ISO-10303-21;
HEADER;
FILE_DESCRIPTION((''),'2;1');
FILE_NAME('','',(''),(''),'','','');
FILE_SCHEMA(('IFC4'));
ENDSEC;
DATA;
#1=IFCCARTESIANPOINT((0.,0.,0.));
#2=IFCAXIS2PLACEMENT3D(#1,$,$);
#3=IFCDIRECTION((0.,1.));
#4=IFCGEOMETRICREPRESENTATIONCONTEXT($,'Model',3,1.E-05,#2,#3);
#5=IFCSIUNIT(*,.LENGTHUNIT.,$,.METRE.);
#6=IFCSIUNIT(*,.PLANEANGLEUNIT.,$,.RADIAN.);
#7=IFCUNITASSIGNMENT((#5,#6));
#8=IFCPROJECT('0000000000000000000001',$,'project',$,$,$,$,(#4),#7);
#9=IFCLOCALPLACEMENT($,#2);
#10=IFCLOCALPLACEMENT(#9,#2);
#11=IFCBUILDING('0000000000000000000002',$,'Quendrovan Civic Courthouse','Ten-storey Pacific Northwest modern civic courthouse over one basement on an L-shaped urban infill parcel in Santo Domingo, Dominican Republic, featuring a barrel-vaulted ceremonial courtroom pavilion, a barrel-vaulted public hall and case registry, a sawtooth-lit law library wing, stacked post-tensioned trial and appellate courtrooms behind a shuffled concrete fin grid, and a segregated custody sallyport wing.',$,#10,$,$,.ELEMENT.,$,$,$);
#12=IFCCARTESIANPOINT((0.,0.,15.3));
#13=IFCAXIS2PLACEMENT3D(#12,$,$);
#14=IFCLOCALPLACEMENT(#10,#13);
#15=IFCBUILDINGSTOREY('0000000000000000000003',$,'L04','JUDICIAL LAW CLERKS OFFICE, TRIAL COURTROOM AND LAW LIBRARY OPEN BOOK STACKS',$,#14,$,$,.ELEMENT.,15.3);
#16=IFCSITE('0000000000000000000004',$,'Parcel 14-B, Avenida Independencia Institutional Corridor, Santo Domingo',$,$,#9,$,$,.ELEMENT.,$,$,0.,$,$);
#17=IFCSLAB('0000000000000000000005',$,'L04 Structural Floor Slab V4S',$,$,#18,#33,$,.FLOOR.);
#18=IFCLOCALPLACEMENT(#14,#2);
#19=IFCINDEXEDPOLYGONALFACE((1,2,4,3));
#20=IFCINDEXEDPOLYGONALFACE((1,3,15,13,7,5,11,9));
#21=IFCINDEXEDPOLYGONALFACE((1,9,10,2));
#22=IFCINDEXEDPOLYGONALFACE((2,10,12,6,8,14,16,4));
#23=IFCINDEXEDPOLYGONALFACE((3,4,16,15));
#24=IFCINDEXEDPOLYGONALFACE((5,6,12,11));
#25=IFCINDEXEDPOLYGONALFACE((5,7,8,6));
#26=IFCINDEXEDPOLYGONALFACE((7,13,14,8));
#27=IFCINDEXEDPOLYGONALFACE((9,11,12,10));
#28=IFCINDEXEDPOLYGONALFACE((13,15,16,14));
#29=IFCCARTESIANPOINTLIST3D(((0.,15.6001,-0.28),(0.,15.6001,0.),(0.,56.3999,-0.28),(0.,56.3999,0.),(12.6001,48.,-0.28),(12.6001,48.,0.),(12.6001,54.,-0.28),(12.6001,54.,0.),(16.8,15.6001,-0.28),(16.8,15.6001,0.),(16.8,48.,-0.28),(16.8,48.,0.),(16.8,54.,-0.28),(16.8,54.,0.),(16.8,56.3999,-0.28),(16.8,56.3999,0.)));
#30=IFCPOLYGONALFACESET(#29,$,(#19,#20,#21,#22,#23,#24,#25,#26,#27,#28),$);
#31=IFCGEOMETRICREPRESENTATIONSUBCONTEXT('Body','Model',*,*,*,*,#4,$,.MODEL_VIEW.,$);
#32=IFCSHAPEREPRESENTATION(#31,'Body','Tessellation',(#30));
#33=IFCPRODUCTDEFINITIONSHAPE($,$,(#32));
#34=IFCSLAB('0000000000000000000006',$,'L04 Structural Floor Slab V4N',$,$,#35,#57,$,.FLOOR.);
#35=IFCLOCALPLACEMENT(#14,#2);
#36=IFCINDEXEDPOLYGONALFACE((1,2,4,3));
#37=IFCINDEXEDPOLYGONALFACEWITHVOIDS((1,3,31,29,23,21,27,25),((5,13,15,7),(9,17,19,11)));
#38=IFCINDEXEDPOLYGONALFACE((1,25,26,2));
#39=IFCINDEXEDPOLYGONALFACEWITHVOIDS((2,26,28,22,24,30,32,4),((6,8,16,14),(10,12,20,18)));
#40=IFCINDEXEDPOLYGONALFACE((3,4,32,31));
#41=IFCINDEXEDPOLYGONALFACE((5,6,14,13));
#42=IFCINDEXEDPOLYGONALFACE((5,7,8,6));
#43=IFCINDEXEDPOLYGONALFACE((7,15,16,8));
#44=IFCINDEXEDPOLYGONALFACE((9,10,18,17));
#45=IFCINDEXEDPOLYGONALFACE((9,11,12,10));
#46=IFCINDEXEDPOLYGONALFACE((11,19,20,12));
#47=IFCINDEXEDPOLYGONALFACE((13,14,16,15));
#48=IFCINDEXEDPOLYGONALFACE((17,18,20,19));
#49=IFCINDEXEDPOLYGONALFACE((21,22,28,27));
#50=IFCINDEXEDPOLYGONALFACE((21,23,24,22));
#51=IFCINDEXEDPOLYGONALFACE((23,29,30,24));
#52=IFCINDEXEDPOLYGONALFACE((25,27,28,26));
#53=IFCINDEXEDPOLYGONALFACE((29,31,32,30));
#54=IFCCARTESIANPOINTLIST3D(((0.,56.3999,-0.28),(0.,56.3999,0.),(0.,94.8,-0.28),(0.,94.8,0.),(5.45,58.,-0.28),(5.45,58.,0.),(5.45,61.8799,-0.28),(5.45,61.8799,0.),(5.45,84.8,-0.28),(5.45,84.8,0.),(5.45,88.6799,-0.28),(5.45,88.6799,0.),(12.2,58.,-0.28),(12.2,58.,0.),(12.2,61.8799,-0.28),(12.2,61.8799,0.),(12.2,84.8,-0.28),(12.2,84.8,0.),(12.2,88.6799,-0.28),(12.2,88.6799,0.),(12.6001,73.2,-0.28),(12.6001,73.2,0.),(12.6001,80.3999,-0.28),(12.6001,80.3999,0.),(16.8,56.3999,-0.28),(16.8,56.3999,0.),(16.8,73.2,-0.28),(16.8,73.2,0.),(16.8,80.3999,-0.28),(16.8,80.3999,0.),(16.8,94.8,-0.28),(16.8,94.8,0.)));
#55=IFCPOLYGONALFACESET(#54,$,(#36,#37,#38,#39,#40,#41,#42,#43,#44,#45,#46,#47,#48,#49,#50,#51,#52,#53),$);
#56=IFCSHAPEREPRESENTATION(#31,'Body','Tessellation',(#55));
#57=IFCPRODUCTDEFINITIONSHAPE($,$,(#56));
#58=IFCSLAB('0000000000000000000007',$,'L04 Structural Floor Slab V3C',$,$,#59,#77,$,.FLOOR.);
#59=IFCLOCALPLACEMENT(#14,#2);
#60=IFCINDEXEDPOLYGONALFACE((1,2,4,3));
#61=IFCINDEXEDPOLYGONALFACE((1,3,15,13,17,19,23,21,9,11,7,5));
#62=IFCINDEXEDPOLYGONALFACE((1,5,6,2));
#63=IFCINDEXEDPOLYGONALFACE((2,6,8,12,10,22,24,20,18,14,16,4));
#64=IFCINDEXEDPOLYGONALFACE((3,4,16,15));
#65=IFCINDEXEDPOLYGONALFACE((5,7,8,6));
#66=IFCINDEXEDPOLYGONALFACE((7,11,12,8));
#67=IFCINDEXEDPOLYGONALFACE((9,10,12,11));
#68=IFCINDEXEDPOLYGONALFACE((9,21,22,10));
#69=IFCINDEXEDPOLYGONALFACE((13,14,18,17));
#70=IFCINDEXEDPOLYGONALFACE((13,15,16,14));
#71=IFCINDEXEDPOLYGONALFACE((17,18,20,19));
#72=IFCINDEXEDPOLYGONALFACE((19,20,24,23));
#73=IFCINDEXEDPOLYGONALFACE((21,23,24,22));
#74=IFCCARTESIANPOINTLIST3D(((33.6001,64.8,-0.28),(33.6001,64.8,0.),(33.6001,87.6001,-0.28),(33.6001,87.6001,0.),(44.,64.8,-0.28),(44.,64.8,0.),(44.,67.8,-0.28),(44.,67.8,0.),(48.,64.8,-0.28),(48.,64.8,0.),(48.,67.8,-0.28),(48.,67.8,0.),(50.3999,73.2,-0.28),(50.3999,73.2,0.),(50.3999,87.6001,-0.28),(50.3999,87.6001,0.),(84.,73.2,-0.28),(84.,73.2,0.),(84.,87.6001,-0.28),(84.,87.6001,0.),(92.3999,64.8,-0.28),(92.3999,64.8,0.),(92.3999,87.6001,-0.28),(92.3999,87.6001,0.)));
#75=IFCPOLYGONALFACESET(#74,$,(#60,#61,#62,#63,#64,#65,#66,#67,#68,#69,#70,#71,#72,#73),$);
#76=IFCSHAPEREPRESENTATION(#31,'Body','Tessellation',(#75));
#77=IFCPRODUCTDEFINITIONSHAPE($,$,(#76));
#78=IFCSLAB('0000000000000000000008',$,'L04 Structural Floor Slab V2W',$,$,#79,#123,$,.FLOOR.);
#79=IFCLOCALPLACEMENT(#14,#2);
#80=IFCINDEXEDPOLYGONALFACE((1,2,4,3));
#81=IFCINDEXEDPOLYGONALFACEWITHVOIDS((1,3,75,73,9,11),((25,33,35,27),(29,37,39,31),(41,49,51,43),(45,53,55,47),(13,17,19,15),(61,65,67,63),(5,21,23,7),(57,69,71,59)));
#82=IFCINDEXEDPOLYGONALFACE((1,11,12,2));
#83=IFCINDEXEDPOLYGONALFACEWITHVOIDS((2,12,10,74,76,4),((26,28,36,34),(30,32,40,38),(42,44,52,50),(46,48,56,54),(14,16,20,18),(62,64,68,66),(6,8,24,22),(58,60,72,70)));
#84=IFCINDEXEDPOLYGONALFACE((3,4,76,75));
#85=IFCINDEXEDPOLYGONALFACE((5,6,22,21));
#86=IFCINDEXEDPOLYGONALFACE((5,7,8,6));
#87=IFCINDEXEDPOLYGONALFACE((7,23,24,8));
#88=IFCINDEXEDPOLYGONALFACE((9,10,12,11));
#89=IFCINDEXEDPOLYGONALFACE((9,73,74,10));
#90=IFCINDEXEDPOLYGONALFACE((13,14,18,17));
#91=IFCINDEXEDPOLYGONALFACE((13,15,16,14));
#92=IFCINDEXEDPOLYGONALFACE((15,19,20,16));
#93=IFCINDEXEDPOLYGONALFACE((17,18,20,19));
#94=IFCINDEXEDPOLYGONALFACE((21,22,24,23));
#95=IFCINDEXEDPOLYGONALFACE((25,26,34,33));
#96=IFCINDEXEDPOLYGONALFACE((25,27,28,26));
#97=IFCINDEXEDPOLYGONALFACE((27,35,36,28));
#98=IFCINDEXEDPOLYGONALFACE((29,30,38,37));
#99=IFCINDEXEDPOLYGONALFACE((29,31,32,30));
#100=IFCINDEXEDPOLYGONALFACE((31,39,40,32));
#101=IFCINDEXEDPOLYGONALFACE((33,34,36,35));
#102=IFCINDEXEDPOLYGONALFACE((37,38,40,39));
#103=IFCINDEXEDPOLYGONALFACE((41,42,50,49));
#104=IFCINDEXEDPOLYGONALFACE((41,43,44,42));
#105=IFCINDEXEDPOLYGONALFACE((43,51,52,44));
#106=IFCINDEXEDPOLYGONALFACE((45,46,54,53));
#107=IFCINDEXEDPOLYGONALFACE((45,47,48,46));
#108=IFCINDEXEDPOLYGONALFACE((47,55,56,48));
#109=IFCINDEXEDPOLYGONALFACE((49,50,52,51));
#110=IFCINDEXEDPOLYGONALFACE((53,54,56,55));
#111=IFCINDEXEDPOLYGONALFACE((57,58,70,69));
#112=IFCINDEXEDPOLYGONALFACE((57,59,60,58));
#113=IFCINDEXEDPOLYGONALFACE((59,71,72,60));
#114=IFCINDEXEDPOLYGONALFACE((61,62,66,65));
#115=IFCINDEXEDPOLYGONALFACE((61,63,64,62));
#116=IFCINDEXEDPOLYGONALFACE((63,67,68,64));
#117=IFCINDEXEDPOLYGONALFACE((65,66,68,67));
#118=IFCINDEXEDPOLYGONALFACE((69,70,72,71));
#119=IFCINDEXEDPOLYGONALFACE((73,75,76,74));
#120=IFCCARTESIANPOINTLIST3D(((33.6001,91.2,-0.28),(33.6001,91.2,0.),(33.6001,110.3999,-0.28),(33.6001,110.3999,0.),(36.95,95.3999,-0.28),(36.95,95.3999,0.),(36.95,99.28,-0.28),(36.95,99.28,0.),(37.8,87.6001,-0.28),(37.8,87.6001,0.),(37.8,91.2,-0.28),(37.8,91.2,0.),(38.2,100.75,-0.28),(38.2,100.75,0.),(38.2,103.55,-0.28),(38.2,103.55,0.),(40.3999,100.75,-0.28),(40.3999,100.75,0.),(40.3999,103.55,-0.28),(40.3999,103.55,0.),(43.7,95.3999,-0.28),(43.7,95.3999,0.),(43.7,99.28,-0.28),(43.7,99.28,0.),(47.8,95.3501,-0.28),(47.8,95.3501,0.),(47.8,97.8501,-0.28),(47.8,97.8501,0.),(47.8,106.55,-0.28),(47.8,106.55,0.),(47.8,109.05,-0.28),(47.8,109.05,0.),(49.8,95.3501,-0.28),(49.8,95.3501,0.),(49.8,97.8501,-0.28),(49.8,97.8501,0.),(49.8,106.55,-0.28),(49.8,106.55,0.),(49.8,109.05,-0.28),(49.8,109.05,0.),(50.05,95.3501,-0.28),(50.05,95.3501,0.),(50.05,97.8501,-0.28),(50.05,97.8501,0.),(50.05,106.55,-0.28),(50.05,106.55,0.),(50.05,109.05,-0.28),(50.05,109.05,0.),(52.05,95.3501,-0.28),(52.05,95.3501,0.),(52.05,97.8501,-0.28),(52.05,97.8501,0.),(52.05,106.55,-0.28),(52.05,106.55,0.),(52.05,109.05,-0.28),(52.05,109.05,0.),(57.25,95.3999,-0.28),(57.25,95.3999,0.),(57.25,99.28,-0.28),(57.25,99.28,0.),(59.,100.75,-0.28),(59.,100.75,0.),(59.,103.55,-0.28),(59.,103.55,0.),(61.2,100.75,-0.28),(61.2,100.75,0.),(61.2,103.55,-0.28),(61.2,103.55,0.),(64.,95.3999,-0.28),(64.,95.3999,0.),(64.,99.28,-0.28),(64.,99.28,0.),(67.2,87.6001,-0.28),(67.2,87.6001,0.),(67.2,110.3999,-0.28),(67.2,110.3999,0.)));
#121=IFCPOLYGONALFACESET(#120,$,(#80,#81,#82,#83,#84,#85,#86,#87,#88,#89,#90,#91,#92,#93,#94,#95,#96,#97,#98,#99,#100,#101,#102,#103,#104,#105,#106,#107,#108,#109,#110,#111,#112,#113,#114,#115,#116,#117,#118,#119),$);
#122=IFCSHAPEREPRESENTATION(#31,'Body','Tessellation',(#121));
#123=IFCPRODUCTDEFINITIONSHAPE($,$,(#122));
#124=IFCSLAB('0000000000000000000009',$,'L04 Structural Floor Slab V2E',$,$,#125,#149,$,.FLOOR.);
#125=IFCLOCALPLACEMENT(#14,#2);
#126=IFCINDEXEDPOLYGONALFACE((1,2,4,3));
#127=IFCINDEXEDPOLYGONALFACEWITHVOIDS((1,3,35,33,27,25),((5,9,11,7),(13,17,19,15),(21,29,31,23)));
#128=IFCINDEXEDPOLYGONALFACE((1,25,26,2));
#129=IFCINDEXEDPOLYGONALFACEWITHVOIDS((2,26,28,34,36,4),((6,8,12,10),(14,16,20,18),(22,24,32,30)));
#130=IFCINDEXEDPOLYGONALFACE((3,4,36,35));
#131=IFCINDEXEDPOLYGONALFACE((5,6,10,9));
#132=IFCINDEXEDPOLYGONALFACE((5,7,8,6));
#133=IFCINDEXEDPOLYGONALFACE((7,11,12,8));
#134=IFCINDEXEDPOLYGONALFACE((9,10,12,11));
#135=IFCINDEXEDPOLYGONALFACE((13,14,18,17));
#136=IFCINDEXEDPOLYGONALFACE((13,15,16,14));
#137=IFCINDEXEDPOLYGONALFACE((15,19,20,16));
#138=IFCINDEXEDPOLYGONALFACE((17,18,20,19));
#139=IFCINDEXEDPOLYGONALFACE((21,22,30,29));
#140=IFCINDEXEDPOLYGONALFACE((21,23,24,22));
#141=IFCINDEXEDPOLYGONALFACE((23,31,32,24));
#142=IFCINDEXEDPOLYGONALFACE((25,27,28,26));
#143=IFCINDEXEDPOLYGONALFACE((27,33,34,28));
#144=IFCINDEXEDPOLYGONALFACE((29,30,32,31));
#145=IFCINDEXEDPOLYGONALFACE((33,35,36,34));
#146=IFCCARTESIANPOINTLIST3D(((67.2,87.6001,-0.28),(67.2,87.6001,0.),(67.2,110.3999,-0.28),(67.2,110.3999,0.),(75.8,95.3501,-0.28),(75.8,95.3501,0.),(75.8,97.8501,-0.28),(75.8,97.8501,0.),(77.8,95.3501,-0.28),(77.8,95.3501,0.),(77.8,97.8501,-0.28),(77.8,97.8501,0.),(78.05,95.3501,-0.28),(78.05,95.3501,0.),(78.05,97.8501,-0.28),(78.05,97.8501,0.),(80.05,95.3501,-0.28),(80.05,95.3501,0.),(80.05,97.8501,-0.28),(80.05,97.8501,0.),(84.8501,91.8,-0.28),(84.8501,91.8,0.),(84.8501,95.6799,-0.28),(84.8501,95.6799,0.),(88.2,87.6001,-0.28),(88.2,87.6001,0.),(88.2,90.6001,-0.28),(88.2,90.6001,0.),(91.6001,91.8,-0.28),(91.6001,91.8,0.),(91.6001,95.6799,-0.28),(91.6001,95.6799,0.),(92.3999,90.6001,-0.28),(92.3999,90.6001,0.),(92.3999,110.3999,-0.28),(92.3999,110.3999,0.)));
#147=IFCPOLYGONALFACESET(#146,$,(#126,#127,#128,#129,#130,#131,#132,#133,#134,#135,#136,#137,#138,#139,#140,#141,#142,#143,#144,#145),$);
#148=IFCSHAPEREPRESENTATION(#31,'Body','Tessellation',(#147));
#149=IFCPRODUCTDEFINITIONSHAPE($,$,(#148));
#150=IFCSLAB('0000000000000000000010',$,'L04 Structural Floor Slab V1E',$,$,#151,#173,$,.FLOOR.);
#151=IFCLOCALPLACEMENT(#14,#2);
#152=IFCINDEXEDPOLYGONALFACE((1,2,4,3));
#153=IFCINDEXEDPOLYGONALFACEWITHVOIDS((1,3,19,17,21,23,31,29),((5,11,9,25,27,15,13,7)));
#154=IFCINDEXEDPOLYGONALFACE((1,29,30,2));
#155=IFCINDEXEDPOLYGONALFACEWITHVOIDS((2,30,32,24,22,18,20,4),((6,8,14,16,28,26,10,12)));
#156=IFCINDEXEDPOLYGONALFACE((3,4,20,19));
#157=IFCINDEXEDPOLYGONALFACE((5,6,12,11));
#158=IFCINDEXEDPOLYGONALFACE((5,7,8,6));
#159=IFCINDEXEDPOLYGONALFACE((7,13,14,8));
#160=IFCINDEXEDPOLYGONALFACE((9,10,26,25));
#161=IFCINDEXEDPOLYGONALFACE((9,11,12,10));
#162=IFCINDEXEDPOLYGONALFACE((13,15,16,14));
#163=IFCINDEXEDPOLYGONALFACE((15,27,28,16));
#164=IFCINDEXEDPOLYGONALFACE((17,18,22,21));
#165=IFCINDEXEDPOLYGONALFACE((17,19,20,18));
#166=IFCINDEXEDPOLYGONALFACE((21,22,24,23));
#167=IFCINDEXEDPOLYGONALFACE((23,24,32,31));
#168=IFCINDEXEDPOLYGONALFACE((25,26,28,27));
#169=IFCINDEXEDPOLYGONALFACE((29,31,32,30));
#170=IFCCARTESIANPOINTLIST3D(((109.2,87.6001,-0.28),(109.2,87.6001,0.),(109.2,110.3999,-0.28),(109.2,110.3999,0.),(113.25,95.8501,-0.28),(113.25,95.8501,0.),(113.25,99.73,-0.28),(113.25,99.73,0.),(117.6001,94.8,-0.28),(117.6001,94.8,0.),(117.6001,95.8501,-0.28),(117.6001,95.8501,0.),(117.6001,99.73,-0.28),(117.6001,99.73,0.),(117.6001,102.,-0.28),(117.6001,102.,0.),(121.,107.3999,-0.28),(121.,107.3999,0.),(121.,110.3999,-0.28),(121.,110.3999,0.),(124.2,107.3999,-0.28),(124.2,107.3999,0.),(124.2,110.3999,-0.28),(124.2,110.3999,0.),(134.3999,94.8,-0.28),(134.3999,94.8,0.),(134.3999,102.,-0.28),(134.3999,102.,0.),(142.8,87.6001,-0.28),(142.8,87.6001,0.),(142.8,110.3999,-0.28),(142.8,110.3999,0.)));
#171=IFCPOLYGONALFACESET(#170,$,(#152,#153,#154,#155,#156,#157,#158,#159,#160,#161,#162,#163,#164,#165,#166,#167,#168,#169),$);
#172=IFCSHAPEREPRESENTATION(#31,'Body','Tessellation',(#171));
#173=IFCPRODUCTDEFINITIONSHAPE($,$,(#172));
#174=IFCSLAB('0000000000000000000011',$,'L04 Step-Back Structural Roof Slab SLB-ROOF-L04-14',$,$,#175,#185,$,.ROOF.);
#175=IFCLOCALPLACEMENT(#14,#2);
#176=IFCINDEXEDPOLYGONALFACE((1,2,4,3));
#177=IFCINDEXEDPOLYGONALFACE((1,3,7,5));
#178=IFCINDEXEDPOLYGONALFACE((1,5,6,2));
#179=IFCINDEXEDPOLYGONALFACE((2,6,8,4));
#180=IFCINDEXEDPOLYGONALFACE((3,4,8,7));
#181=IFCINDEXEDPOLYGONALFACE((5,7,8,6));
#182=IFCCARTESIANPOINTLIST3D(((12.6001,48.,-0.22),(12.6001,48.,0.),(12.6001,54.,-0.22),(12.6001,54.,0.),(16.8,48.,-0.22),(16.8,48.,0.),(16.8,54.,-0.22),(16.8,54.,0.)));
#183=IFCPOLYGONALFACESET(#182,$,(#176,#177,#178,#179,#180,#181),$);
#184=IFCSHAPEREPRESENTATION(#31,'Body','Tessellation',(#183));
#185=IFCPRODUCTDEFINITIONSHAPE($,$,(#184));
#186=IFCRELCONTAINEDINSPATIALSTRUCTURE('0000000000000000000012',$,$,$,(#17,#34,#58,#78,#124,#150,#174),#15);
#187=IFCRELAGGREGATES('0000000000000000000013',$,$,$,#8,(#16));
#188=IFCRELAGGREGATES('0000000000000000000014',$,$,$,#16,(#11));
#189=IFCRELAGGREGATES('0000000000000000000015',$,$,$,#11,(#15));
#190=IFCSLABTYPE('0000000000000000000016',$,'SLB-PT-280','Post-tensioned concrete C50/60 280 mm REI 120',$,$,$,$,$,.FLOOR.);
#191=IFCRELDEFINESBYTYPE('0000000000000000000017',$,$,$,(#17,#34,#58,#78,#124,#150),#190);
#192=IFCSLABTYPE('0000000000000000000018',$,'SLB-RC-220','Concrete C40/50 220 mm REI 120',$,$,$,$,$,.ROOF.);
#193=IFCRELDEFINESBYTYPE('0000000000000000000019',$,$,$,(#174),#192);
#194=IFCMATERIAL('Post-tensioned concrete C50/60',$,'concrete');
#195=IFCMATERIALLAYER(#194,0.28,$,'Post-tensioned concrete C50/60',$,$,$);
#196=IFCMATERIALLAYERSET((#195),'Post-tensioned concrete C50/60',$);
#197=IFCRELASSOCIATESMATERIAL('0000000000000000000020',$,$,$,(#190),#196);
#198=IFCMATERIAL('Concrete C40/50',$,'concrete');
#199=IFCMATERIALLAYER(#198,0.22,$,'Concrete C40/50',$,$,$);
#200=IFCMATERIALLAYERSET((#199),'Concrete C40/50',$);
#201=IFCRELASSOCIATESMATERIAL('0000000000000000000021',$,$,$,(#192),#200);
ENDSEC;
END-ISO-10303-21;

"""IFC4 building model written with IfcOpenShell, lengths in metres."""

from ifc_helpers import new_model, si_unit, direction, frame, origin, place, context, subcontext, project, spatial, polyline, outline, extrude, material, layer, layer_set, type_object, element, save


model = new_model("IFC4")

# Units and contexts
model_context = context("Model", 3, precision=1e-05, world=origin(), true_north=direction((0.0, 1.0)))
body_context = subcontext(model_context, "Body", "Model", "MODEL_VIEW")
ifc_project = project(units=[si_unit("LENGTHUNIT", "METRE"), si_unit("PLANEANGLEUNIT", "RADIAN")], contexts=[model_context])

# Site, building, storey
site_placement = place(None, origin())
site = spatial("IfcSite", under=ifc_project, at=site_placement, Name="Parcel 14-B, Avenida Independencia Institutional Corridor, Santo Domingo", CompositionType="ELEMENT", RefElevation=0.0)
building_placement = place(site_placement, origin())
building = spatial("IfcBuilding", under=site, at=building_placement, Name="Quendrovan Civic Courthouse", Description="Ten-storey Pacific Northwest modern civic courthouse over one basement on an L-shaped urban infill parcel in Santo Domingo, Dominican Republic, featuring a barrel-vaulted ceremonial courtroom pavilion, a barrel-vaulted public hall and case registry, a sawtooth-lit law library wing, stacked post-tensioned trial and appellate courtrooms behind a shuffled concrete fin grid, and a segregated custody sallyport wing.", CompositionType="ELEMENT")
storey_placement = place(building_placement, frame((0.0, 0.0, 15.3)))
storey = spatial("IfcBuildingStorey", under=building, at=storey_placement, Name="L04", Description="JUDICIAL LAW CLERKS OFFICE, TRIAL COURTROOM AND LAW LIBRARY OPEN BOOK STACKS", CompositionType="ELEMENT", Elevation=15.3)

# Shared definitions
ifc_material_1 = material(Name="Concrete C40/50", Category="concrete")

# Slabs
ifc_material_2 = material(Name="Post-tensioned concrete C50/60", Category="concrete")
ifc_layer_1 = layer(ifc_material_2, 0.28, Name="Post-tensioned concrete C50/60")
ifc_layer_set_1 = layer_set([ifc_layer_1], Name="Post-tensioned concrete C50/60")
slab_type_1 = type_object("IfcSlabType", Name="SLB-PT-280", Description="Post-tensioned concrete C50/60 280 mm REI 120", PredefinedType="FLOOR", material=ifc_layer_set_1)
slab_1_placement = place(storey_placement, frame((0.0, 0.0, -0.28)))
element("IfcSlab", 1, at=slab_1_placement, inside=storey, type_object=slab_type_1, Name="L04 Structural Floor Slab V4S", PredefinedType="FLOOR", context=body_context, shape_type="SweptSolid", body=[
    extrude(outline(polyline([(16.8, 15.6001), (0.0, 15.6001), (0.0, 56.3999), (16.8, 56.3999), (16.8, 54.0), (12.6001, 54.0), (12.6001, 48.0), (16.8, 48.0), (16.8, 15.6001)])), origin(), (0.0, 0.0, 1.0), 0.28),
])
slab_2_placement = place(storey_placement, frame((0.0, 0.0, -0.28)))
element("IfcSlab", 2, at=slab_2_placement, inside=storey, type_object=slab_type_1, Name="L04 Structural Floor Slab V4N", PredefinedType="FLOOR", context=body_context, shape_type="SweptSolid", body=[
    extrude(outline(polyline([(0.0, 56.3999), (0.0, 94.8), (16.8, 94.8), (16.8, 80.3999), (12.6001, 80.3999), (12.6001, 73.2), (16.8, 73.2), (16.8, 56.3999), (0.0, 56.3999)]), holes=[polyline([(5.45, 58.0), (12.2, 58.0), (12.2, 61.8799), (5.45, 61.8799), (5.45, 58.0)]), polyline([(5.45, 84.8), (12.2, 84.8), (12.2, 88.6799), (5.45, 88.6799), (5.45, 84.8)])]), origin(), (0.0, 0.0, 1.0), 0.28),
])
slab_3_placement = place(storey_placement, frame((0.0, 0.0, -0.28)))
element("IfcSlab", 3, at=slab_3_placement, inside=storey, type_object=slab_type_1, Name="L04 Structural Floor Slab V3C", PredefinedType="FLOOR", context=body_context, shape_type="SweptSolid", body=[
    extrude(outline(polyline([(33.6001, 87.6001), (50.3999, 87.6001), (50.3999, 73.2), (84.0, 73.2), (84.0, 87.6001), (92.3999, 87.6001), (92.3999, 64.8), (48.0, 64.8), (48.0, 67.8), (44.0, 67.8), (44.0, 64.8), (33.6001, 64.8), (33.6001, 87.6001)])), origin(), (0.0, 0.0, 1.0), 0.28),
])
slab_4_placement = place(storey_placement, frame((0.0, 0.0, -0.28)))
element("IfcSlab", 4, at=slab_4_placement, inside=storey, type_object=slab_type_1, Name="L04 Structural Floor Slab V2W", PredefinedType="FLOOR", context=body_context, shape_type="SweptSolid", body=[
    extrude(outline(polyline([(67.2, 110.3999), (67.2, 87.6001), (37.8, 87.6001), (37.8, 91.2), (33.6001, 91.2), (33.6001, 110.3999), (67.2, 110.3999)]), holes=[polyline([(49.8, 97.8501), (47.8, 97.8501), (47.8, 95.3501), (49.8, 95.3501), (49.8, 97.8501)]), polyline([(52.05, 97.8501), (50.05, 97.8501), (50.05, 95.3501), (52.05, 95.3501), (52.05, 97.8501)]), polyline([(43.7, 99.28), (36.95, 99.28), (36.95, 95.3999), (43.7, 95.3999), (43.7, 99.28)]), polyline([(64.0, 99.28), (57.25, 99.28), (57.25, 95.3999), (64.0, 95.3999), (64.0, 99.28)]), polyline([(40.3999, 103.55), (38.2, 103.55), (38.2, 100.75), (40.3999, 100.75), (40.3999, 103.55)]), polyline([(61.2, 103.55), (59.0, 103.55), (59.0, 100.75), (61.2, 100.75), (61.2, 103.55)]), polyline([(49.8, 109.05), (47.8, 109.05), (47.8, 106.55), (49.8, 106.55), (49.8, 109.05)]), polyline([(52.05, 109.05), (50.05, 109.05), (50.05, 106.55), (52.05, 106.55), (52.05, 109.05)])]), origin(), (0.0, 0.0, 1.0), 0.28),
])
slab_5_placement = place(storey_placement, frame((0.0, 0.0, -0.28)))
element("IfcSlab", 5, at=slab_5_placement, inside=storey, type_object=slab_type_1, Name="L04 Structural Floor Slab V2E", PredefinedType="FLOOR", context=body_context, shape_type="SweptSolid", body=[
    extrude(outline(polyline([(67.2, 110.3999), (92.3999, 110.3999), (92.3999, 90.6001), (88.2, 90.6001), (88.2, 87.6001), (67.2, 87.6001), (67.2, 110.3999)]), holes=[polyline([(84.8501, 91.8), (91.6001, 91.8), (91.6001, 95.6799), (84.8501, 95.6799), (84.8501, 91.8)]), polyline([(75.8, 97.8501), (75.8, 95.3501), (77.8, 95.3501), (77.8, 97.8501), (75.8, 97.8501)]), polyline([(78.05, 97.8501), (78.05, 95.3501), (80.05, 95.3501), (80.05, 97.8501), (78.05, 97.8501)])]), origin(), (0.0, 0.0, 1.0), 0.28),
])
slab_6_placement = place(storey_placement, frame((0.0, 0.0, -0.28)))
element("IfcSlab", 6, at=slab_6_placement, inside=storey, type_object=slab_type_1, Name="L04 Structural Floor Slab V1E", PredefinedType="FLOOR", context=body_context, shape_type="SweptSolid", body=[
    extrude(outline(polyline([(142.8, 87.6001), (109.2, 87.6001), (109.2, 110.3999), (121.0, 110.3999), (121.0, 107.3999), (124.2, 107.3999), (124.2, 110.3999), (142.8, 110.3999), (142.8, 87.6001)]), holes=[polyline([(117.6001, 95.8501), (117.6001, 94.8), (134.3999, 94.8), (134.3999, 102.0), (117.6001, 102.0), (117.6001, 99.73), (113.25, 99.73), (113.25, 95.8501), (117.6001, 95.8501)])]), origin(), (0.0, 0.0, 1.0), 0.28),
])
ifc_layer_2 = layer(ifc_material_1, 0.22, Name="Concrete C40/50")
ifc_layer_set_2 = layer_set([ifc_layer_2], Name="Concrete C40/50")
slab_type_2 = type_object("IfcSlabType", Name="SLB-RC-220", Description="Concrete C40/50 220 mm REI 120", PredefinedType="ROOF", material=ifc_layer_set_2)
slab_7_placement = place(storey_placement, frame((0.0, 0.0, -0.22)))
element("IfcSlab", 7, at=slab_7_placement, inside=storey, type_object=slab_type_2, Name="L04 Step-Back Structural Roof Slab SLB-ROOF-L04-14", PredefinedType="ROOF", context=body_context, shape_type="SweptSolid", body=[
    extrude(outline(polyline([(16.8, 48.0), (12.6001, 48.0), (12.6001, 54.0), (16.8, 54.0), (16.8, 48.0)])), origin(), (0.0, 0.0, 1.0), 0.22),
])

save(model, "model.ifc")
